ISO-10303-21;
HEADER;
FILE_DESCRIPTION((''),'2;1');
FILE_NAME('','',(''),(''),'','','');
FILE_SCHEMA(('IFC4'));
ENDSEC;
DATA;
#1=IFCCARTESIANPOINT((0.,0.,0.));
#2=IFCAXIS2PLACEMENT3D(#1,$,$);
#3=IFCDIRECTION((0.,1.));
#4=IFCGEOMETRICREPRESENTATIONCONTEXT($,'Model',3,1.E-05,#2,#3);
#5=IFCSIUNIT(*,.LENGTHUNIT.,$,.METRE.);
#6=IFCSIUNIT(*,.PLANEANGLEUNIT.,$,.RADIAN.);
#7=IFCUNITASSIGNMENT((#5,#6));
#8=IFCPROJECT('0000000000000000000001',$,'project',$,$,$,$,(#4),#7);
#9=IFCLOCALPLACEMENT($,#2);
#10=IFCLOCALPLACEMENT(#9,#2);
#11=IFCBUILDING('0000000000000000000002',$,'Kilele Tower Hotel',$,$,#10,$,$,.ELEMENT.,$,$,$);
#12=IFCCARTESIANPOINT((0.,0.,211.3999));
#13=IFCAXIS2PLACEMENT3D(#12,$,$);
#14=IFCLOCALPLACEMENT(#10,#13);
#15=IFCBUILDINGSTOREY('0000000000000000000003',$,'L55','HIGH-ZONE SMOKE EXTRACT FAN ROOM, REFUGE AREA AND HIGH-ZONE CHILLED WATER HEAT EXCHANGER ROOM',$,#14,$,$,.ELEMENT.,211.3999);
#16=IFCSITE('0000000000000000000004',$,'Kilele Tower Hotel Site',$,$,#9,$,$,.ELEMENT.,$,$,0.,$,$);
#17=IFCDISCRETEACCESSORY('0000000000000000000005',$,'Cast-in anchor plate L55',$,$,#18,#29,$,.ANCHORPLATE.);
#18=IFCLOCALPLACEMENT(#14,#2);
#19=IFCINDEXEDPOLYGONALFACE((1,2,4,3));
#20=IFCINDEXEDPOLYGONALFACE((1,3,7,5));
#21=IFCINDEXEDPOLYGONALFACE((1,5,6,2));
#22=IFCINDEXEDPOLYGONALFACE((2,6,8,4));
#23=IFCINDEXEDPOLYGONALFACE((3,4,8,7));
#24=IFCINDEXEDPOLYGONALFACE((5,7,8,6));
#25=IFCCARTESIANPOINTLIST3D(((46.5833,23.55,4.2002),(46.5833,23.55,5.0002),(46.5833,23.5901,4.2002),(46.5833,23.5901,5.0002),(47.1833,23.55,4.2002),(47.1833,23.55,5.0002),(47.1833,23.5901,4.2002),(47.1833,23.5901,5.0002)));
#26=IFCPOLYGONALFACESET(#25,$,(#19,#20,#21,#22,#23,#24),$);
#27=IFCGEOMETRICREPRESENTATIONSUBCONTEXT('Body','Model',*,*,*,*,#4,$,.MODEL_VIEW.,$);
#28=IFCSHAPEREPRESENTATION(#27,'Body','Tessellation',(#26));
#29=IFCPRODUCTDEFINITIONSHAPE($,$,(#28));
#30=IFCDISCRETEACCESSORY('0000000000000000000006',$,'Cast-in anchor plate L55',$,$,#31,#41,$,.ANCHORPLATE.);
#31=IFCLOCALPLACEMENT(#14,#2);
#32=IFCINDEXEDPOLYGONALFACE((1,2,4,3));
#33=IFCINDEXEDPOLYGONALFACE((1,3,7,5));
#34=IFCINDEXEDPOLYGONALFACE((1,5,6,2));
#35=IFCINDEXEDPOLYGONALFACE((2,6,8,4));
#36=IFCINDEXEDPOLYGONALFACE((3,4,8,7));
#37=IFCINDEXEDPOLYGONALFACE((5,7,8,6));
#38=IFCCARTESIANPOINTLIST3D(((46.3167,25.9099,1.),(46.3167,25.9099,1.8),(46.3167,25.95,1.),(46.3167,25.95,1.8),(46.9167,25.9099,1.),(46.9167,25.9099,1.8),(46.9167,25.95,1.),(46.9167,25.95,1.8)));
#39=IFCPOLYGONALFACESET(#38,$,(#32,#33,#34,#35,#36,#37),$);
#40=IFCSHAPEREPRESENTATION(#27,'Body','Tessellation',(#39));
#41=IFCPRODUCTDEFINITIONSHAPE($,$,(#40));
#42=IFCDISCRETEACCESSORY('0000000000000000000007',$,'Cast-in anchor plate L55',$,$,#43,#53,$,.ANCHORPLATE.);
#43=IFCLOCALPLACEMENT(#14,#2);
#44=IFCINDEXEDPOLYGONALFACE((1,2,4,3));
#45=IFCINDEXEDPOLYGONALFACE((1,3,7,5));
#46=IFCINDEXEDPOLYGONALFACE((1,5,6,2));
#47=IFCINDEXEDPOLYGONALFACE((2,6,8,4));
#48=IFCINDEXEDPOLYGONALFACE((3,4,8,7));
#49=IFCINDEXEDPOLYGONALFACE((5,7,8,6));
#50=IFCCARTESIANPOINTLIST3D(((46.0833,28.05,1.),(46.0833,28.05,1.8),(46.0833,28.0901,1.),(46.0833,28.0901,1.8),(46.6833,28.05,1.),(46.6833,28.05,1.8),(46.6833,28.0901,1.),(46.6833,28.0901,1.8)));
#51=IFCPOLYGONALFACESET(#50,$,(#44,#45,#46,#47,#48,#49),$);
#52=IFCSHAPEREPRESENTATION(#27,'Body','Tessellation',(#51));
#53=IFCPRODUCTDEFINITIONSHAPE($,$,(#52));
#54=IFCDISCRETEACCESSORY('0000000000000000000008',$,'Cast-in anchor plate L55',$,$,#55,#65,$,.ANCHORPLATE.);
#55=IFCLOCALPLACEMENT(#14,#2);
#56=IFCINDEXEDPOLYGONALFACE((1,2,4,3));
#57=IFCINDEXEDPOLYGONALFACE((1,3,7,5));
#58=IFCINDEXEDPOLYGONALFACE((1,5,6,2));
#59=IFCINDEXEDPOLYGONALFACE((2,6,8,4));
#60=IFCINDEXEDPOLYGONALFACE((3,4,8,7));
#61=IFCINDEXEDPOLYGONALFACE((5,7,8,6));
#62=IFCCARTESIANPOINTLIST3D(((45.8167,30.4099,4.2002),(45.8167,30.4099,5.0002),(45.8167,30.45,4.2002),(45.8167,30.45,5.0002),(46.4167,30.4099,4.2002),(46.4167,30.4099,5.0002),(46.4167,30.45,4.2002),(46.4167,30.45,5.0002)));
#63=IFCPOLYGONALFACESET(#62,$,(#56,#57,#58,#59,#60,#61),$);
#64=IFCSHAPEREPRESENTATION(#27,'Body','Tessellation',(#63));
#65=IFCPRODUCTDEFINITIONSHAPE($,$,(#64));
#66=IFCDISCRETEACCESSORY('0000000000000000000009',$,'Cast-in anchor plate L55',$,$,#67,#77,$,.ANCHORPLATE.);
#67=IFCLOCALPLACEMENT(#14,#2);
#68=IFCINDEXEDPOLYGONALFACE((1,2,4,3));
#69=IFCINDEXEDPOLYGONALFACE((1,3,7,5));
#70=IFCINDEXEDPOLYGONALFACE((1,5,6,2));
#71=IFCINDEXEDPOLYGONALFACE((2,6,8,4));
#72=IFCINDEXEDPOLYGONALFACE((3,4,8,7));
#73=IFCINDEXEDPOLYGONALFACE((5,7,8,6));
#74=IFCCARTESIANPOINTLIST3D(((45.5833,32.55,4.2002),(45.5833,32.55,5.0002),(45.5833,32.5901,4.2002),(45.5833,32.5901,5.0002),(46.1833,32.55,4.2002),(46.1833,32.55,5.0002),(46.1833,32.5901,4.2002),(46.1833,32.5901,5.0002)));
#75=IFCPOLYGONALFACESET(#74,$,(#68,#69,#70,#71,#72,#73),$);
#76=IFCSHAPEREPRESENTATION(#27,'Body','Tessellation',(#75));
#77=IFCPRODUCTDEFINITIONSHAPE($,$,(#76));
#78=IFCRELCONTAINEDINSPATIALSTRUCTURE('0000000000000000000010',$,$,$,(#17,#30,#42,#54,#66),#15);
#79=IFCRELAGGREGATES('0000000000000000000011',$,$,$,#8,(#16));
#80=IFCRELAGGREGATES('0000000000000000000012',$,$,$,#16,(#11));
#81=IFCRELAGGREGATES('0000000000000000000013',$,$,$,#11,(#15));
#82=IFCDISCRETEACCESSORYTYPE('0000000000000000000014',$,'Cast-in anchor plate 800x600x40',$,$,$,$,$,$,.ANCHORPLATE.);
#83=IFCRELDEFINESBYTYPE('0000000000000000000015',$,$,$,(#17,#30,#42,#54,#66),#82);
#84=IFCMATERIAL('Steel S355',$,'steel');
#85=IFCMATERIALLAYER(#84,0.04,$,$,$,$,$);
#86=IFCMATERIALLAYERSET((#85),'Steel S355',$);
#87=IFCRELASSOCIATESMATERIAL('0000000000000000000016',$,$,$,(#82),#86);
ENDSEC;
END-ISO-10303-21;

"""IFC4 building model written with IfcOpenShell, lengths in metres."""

from ifc_helpers import new_model, si_unit, direction, frame, origin, place, context, subcontext, project, spatial, polyline, outline, extrude, source, transform, mapped, material, layer, layer_set, type_object, element, save


model = new_model("IFC4")

# Units and contexts
model_context = context("Model", 3, precision=1e-05, world=origin(), true_north=direction((0.0, 1.0)))
body_context = subcontext(model_context, "Body", "Model", "MODEL_VIEW")
ifc_project = project(units=[si_unit("LENGTHUNIT", "METRE"), si_unit("PLANEANGLEUNIT", "RADIAN")], contexts=[model_context])

# Site, building, storey
site_placement = place(None, origin())
site = spatial("IfcSite", under=ifc_project, at=site_placement, Name="Kilele Tower Hotel Site", CompositionType="ELEMENT", RefElevation=0.0)
building_placement = place(site_placement, origin())
building = spatial("IfcBuilding", under=site, at=building_placement, Name="Kilele Tower Hotel", CompositionType="ELEMENT")
storey_placement = place(building_placement, frame((0.0, 0.0, 211.3999)))
storey = spatial("IfcBuildingStorey", under=building, at=storey_placement, Name="L55", Description="HIGH-ZONE SMOKE EXTRACT FAN ROOM, REFUGE AREA AND HIGH-ZONE CHILLED WATER HEAT EXCHANGER ROOM", CompositionType="ELEMENT", Elevation=211.3999)

# Discrete accessories
ifc_material_1 = material(Name="Steel S355", Category="steel")
ifc_layer_1 = layer(ifc_material_1, 0.04)
ifc_layer_set_1 = layer_set([ifc_layer_1], Name="Steel S355")
discrete_accessory_type_1 = type_object("IfcDiscreteAccessoryType", Name="Cast-in anchor plate 800x600x40", PredefinedType="ANCHORPLATE", material=ifc_layer_set_1)
shared_shape_1 = source(origin(), body_context, "Body", "SweptSolid", [
    extrude(outline(polyline([(0.0, 0.0), (0.04, 0.0), (0.04, 0.8), (0.0, 0.8), (0.0, 0.0)])), origin(), (0.0, 0.0, 1.0), 0.6001),
])
for number, where, z_axis, x_axis, name in (
    (1, (46.5833, 23.55, 4.2002), (1.0, 0.0, 0.0), (0.0, 1.0, 0.0), "Cast-in anchor plate L55"),
    (2, (46.9167, 25.95, 1.0), (-1.0, 0.0, 0.0), (0.0, -1.0, 0.0), "Cast-in anchor plate L55"),
    (3, (46.0833, 28.05, 1.0), (1.0, 0.0, 0.0), (0.0, 1.0, 0.0), "Cast-in anchor plate L55"),
    (4, (46.4167, 30.45, 4.2002), (-1.0, 0.0, 0.0), (0.0, -1.0, 0.0), "Cast-in anchor plate L55"),
    (5, (45.5833, 32.55, 4.2002), (1.0, 0.0, 0.0), (0.0, 1.0, 0.0), "Cast-in anchor plate L55"),
):
    element("IfcDiscreteAccessory", number, at=place(storey_placement, frame(where, z_axis=z_axis, x_axis=x_axis)), inside=storey, type_object=discrete_accessory_type_1, Name=name, PredefinedType="ANCHORPLATE", context=body_context, shape_type="MappedRepresentation", body=[
        mapped(shared_shape_1, transform((0.0, 0.0, 0.0))),
    ])

save(model, "model.ifc")
